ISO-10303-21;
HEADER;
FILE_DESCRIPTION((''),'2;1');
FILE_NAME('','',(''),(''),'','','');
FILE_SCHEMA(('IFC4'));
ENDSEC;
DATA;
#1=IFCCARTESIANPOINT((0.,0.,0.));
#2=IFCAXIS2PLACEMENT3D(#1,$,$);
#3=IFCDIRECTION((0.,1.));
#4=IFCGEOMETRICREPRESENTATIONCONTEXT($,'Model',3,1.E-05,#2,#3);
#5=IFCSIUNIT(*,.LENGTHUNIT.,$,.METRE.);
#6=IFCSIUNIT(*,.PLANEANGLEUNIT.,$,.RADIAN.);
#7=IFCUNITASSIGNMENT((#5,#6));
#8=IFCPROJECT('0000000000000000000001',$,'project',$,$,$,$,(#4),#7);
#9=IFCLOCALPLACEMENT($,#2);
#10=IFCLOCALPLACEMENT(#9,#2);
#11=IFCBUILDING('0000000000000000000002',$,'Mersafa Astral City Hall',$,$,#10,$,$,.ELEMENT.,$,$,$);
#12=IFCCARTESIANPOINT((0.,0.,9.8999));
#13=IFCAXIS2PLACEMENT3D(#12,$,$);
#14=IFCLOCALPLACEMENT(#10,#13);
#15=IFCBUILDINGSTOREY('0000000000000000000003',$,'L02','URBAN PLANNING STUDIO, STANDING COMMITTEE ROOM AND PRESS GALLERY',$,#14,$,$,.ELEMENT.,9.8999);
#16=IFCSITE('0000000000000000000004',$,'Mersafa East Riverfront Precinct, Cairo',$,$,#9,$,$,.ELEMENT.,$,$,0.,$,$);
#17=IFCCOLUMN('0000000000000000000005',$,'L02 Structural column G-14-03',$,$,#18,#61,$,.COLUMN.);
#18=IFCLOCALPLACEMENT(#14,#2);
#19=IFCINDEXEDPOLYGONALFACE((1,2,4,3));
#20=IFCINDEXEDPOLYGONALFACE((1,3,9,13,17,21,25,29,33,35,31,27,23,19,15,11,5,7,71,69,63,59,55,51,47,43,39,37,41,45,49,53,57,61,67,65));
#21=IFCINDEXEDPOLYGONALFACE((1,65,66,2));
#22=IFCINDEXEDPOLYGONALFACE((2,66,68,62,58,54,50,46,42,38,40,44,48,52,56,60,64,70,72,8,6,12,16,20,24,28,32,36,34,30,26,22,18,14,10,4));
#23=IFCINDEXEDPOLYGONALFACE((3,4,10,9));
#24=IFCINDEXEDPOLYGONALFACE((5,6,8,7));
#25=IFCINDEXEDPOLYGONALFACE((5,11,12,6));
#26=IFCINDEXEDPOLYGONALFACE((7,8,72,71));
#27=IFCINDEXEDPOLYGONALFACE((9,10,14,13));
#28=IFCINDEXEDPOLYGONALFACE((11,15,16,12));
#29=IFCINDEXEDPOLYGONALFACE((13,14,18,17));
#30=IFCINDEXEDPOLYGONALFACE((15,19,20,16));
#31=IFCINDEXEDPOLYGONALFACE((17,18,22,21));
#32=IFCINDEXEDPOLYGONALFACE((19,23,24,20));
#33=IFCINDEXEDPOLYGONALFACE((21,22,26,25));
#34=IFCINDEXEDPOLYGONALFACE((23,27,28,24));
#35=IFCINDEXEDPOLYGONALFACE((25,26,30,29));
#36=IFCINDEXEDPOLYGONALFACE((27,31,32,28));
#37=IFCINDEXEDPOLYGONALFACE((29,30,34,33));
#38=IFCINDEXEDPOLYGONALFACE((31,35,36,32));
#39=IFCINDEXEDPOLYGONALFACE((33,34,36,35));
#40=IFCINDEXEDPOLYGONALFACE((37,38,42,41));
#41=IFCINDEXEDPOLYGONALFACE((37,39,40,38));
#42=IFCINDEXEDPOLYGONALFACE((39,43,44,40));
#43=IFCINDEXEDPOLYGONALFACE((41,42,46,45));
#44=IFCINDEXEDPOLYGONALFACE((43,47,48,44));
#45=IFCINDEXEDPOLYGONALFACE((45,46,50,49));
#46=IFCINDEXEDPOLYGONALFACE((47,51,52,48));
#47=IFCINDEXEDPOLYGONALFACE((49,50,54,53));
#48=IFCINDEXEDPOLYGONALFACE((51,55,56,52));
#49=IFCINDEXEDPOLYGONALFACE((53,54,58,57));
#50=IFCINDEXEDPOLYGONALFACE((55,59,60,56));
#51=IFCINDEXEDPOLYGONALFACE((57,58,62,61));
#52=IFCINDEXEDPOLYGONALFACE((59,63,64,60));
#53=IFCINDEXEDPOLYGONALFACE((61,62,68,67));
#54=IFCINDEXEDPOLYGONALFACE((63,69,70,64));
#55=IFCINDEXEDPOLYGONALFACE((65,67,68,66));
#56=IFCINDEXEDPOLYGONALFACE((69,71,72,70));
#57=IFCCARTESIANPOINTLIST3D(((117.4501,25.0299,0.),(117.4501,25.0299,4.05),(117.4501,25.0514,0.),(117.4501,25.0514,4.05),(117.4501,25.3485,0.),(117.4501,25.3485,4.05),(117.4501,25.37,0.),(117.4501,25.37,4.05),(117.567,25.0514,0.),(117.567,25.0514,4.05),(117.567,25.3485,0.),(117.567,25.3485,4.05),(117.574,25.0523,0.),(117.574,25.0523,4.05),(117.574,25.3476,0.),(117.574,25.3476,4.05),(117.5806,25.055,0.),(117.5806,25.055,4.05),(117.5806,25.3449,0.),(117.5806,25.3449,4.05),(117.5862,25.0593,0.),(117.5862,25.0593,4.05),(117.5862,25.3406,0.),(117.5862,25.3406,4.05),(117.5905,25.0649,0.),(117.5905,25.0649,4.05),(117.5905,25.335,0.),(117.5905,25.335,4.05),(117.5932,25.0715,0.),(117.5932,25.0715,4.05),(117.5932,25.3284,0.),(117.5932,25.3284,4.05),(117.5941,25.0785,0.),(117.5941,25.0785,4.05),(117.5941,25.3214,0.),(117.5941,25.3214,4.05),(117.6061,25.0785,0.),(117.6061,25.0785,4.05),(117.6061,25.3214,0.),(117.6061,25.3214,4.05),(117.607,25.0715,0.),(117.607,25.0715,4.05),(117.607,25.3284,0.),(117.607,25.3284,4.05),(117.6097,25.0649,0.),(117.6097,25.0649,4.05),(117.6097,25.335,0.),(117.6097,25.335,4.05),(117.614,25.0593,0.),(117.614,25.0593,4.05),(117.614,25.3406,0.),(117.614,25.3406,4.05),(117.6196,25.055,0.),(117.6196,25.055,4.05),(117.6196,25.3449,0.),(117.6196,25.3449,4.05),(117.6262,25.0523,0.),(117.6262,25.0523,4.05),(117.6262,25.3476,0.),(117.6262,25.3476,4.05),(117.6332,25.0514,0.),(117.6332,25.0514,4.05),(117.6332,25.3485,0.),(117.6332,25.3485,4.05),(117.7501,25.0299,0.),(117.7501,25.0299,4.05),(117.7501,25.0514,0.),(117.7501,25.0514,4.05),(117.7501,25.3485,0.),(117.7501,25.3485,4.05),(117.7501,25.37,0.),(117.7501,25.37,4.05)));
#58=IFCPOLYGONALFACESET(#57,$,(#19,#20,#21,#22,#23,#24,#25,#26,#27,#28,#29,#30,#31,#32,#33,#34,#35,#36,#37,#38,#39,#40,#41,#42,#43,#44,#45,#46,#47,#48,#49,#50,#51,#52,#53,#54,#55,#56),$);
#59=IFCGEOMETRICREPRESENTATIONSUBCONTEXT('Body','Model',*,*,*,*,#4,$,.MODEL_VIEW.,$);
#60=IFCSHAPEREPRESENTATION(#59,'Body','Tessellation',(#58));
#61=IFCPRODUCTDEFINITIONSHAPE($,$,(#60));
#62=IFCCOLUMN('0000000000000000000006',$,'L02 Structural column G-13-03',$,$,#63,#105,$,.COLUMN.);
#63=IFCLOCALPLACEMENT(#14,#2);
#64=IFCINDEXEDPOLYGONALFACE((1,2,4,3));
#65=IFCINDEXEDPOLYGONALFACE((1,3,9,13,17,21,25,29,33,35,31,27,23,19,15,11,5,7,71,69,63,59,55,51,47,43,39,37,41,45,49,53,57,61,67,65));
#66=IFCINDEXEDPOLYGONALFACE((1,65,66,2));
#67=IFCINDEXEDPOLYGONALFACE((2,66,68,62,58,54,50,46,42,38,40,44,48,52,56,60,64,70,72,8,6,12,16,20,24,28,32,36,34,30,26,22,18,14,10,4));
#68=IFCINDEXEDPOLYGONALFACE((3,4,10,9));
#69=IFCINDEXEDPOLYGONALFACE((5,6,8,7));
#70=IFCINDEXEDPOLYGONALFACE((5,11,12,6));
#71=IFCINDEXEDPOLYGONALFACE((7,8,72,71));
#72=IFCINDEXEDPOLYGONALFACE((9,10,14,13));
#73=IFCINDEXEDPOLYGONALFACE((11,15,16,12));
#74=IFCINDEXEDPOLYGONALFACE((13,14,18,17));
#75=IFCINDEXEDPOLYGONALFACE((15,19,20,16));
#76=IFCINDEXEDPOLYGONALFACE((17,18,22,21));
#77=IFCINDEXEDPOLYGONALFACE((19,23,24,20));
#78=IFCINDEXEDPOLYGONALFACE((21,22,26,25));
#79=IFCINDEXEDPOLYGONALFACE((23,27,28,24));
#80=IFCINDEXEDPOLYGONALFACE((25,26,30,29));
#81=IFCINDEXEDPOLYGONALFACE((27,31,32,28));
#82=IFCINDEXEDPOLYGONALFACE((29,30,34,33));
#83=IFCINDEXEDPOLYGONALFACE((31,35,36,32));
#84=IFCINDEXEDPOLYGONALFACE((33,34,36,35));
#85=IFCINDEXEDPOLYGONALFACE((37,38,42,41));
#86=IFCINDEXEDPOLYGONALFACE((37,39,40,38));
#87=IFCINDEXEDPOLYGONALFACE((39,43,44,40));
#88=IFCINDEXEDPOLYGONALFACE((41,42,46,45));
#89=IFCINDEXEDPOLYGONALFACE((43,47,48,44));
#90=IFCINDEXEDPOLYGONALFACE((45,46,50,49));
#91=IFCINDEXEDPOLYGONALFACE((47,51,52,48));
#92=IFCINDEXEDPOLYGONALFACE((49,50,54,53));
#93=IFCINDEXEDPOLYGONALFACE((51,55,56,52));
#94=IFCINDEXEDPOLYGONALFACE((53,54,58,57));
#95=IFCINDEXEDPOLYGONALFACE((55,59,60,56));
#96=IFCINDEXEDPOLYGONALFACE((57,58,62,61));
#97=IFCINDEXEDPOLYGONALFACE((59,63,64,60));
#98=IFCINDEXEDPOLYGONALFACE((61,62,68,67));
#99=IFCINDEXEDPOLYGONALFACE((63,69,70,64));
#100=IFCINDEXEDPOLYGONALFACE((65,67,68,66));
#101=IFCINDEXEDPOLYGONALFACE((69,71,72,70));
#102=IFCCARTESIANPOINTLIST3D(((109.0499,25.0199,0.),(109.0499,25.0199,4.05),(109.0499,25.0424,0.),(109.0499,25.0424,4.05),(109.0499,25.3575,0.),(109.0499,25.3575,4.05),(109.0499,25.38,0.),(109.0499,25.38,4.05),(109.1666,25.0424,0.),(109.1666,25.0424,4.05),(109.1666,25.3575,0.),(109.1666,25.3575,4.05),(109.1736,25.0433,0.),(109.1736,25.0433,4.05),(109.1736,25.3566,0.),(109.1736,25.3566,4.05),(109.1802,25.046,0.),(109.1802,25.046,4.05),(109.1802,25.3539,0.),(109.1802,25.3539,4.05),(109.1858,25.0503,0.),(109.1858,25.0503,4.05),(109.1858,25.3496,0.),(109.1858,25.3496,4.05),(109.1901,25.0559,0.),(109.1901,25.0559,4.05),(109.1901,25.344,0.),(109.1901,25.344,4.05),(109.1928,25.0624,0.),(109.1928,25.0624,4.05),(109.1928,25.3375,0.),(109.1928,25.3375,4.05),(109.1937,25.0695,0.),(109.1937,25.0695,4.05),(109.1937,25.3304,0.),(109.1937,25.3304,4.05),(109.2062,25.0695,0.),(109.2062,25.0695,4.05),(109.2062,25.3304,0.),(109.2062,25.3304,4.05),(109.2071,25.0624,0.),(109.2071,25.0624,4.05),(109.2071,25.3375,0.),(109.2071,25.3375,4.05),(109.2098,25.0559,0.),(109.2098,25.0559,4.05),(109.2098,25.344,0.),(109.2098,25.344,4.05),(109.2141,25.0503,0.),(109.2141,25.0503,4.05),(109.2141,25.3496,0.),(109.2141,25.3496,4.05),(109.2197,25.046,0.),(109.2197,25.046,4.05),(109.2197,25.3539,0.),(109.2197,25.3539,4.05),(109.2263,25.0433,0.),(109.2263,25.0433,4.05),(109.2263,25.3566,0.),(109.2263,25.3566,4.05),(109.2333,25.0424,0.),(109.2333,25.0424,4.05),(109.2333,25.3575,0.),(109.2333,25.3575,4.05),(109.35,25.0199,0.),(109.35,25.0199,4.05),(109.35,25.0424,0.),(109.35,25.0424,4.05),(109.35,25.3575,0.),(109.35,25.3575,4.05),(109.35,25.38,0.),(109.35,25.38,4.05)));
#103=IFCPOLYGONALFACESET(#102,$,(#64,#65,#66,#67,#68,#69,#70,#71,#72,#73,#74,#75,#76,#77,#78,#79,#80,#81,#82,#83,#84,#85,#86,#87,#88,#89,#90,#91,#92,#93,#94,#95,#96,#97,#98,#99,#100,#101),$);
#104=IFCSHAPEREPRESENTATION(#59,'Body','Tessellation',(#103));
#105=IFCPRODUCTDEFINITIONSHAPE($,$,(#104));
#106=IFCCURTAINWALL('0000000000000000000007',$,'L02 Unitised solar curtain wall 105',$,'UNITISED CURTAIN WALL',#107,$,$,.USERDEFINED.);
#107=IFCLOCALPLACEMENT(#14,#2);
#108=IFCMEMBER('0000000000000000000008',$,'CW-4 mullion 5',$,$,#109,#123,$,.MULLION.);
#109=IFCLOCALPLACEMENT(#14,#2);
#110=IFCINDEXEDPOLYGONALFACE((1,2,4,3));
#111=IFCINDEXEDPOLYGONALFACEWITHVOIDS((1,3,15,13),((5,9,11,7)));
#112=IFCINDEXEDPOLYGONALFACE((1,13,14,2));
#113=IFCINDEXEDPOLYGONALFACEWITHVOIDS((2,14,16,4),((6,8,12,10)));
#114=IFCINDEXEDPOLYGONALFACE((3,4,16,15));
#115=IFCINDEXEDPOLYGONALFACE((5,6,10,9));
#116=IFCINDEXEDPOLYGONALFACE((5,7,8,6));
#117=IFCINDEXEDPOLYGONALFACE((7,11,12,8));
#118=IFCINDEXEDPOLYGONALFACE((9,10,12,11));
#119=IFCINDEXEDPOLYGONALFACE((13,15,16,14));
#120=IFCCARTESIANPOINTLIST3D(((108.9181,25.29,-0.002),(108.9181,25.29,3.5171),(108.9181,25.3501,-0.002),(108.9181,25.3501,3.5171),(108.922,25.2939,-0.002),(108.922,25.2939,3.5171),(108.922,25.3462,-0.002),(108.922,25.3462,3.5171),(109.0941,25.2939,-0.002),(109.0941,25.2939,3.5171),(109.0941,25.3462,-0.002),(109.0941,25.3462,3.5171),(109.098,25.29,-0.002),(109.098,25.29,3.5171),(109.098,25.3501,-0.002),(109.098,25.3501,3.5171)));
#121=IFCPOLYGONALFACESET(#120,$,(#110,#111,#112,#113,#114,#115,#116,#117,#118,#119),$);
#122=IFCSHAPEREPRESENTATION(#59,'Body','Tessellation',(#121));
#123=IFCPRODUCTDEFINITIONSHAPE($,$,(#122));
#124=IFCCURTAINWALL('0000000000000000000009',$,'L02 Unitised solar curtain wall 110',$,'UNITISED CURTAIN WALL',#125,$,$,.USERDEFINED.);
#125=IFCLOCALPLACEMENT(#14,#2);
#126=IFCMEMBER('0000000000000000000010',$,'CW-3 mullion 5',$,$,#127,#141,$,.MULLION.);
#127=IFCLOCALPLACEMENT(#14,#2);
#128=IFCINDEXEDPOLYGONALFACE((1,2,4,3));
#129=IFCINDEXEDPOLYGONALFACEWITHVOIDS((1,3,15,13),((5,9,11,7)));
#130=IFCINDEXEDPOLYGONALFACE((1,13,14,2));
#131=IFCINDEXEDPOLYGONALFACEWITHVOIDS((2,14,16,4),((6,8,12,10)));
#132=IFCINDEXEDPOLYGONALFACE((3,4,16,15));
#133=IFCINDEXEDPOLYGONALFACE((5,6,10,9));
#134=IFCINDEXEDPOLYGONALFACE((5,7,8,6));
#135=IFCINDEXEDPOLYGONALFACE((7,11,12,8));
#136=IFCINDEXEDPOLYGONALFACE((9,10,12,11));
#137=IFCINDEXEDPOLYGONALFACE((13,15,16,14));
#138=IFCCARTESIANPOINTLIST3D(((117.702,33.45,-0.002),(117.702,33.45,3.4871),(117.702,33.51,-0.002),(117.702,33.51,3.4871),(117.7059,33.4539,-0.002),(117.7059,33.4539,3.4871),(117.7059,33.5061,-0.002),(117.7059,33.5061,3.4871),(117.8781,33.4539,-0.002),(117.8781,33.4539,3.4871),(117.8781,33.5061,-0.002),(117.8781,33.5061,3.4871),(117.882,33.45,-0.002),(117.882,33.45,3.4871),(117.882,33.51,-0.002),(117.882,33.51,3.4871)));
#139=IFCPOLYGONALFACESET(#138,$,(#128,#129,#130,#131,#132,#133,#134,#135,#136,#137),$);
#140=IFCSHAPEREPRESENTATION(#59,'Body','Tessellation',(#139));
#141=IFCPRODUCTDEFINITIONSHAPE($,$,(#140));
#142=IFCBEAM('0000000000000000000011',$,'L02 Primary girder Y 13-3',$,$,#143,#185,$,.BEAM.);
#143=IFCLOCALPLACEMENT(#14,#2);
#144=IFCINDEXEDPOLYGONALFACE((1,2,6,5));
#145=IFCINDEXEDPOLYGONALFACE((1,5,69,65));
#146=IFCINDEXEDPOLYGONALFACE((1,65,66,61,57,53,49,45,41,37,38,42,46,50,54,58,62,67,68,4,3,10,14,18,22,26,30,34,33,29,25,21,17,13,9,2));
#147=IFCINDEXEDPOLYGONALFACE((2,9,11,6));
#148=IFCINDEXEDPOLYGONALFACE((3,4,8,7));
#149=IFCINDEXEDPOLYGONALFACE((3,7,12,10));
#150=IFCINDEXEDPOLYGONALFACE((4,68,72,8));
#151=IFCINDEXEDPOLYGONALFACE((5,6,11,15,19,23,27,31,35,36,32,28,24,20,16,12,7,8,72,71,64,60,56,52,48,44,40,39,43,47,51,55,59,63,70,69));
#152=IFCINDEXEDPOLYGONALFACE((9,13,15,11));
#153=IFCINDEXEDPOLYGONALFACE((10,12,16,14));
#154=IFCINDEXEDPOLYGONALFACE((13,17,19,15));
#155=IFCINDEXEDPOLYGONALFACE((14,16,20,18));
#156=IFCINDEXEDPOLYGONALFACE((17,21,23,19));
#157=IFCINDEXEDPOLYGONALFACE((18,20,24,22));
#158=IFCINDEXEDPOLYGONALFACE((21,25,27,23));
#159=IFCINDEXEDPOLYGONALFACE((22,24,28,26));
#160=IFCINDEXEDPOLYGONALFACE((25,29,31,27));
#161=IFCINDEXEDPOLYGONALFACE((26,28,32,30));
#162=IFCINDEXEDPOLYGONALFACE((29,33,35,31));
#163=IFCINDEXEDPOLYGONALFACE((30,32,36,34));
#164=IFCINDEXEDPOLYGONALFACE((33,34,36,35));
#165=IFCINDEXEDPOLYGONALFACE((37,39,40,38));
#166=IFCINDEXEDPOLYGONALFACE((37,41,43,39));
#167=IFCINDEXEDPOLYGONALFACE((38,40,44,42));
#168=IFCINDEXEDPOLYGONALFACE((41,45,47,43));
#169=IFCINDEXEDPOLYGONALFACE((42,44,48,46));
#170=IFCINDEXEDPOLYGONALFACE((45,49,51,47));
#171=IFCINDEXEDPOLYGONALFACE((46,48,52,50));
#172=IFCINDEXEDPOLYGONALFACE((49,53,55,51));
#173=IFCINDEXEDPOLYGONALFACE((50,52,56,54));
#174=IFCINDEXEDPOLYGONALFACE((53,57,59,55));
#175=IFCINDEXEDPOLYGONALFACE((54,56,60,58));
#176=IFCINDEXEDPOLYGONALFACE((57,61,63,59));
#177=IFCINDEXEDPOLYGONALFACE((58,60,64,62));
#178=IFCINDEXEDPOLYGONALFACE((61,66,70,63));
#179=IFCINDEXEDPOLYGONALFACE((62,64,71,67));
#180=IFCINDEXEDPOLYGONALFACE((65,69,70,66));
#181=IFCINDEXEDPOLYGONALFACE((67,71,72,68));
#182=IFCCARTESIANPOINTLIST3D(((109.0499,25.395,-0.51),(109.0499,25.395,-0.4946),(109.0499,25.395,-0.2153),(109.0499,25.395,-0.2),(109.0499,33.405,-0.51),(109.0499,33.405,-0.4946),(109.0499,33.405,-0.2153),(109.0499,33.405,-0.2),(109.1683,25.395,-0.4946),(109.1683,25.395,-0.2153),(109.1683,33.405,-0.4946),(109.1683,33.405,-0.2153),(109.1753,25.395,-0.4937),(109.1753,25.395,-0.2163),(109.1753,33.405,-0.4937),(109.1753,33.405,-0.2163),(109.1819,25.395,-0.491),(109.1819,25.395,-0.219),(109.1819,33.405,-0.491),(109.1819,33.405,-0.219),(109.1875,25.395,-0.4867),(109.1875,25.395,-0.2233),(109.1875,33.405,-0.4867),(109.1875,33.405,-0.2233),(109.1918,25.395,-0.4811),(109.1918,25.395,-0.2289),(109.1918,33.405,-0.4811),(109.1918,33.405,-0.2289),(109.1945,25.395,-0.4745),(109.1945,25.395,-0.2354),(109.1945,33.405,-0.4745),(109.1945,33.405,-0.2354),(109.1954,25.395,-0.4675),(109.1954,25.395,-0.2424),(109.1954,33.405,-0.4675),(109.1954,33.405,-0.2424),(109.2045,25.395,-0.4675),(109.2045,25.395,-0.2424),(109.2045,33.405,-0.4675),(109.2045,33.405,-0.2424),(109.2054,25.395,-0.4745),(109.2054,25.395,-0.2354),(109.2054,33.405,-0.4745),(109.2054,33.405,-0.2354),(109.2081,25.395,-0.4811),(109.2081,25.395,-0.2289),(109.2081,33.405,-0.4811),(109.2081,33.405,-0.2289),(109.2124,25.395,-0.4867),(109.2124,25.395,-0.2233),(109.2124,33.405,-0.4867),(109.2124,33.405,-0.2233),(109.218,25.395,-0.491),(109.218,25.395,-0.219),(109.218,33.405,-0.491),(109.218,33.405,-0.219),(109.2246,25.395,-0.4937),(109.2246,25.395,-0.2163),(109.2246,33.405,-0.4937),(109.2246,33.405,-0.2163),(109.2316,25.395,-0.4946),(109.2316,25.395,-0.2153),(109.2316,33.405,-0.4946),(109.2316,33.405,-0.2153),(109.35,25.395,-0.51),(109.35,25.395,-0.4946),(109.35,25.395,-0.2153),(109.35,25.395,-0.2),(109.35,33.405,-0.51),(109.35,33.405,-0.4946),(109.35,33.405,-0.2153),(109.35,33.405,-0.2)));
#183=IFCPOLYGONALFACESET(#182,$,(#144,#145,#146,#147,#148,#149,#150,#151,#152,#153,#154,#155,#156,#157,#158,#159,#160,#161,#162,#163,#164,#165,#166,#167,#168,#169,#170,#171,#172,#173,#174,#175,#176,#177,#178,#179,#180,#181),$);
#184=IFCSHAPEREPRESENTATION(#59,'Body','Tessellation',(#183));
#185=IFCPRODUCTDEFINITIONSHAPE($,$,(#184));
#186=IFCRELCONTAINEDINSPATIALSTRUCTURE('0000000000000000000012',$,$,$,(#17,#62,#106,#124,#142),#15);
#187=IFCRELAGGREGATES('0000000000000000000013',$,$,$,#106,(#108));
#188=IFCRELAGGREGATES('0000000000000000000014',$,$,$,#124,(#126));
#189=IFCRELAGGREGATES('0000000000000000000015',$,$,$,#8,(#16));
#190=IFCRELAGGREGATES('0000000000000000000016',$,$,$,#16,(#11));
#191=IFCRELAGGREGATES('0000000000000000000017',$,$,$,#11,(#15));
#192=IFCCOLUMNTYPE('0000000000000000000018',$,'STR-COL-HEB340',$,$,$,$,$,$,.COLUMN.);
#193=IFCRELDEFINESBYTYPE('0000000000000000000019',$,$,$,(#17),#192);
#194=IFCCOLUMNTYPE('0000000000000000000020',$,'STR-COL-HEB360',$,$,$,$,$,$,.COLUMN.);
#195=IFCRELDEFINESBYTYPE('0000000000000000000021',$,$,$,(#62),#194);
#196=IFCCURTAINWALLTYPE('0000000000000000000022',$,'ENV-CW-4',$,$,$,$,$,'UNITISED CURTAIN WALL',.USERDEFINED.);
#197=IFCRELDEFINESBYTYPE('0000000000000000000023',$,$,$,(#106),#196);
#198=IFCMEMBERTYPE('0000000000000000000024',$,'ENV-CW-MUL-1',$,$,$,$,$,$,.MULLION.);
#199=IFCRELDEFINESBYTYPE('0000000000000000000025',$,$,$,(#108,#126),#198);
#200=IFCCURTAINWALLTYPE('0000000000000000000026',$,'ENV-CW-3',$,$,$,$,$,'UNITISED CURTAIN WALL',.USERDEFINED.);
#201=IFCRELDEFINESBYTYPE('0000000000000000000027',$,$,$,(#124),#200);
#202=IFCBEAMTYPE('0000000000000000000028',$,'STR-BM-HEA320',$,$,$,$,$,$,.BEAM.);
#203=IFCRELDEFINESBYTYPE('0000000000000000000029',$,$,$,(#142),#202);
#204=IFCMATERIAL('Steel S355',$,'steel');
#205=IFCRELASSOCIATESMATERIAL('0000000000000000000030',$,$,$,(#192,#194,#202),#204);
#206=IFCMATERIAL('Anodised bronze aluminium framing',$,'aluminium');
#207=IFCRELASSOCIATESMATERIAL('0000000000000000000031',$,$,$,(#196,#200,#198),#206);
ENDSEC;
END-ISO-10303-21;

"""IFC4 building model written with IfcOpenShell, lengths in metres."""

from ifc_helpers import new_model, si_unit, direction, frame, origin, origin_2d, place, context, subcontext, project, spatial, hollow_rectangle, i_section, extrude, material, material_profile, profile_set, type_object, element, aggregate, save


model = new_model("IFC4")

# Units and contexts
model_context = context("Model", 3, precision=1e-05, world=origin(), true_north=direction((0.0, 1.0)))
body_context = subcontext(model_context, "Body", "Model", "MODEL_VIEW")
ifc_project = project(units=[si_unit("LENGTHUNIT", "METRE"), si_unit("PLANEANGLEUNIT", "RADIAN")], contexts=[model_context])

# Site, building, storey
site_placement = place(None, origin())
site = spatial("IfcSite", under=ifc_project, at=site_placement, Name="Mersafa East Riverfront Precinct, Cairo", CompositionType="ELEMENT", RefElevation=0.0)
building_placement = place(site_placement, origin())
building = spatial("IfcBuilding", under=site, at=building_placement, Name="Mersafa Astral City Hall", CompositionType="ELEMENT")
storey_placement = place(building_placement, frame((0.0, 0.0, 9.8999)))
storey = spatial("IfcBuildingStorey", under=building, at=storey_placement, Name="L02", Description="URBAN PLANNING STUDIO, STANDING COMMITTEE ROOM AND PRESS GALLERY", CompositionType="ELEMENT", Elevation=9.8999)

# Columns
ifc_material_1 = material(Name="Steel S355", Category="steel")
ifc_material_profile_1 = material_profile(ifc_material_1, i_section(OverallWidth=0.3, OverallDepth=0.3401, WebThickness=0.012, FlangeThickness=0.0215, FilletRadius=0.0271, at=origin_2d()), Name="HEB 340")
ifc_profile_set_1 = profile_set([ifc_material_profile_1], Name="Steel S355")
column_type_1 = type_object("IfcColumnType", Name="STR-COL-HEB340", PredefinedType="COLUMN", material=ifc_profile_set_1)
column_1_placement = place(storey_placement, frame((117.6001, 25.2, 0.0), z_axis=(0.0, 0.0, 1.0), x_axis=(1.0, 0.0, 0.0)))
element("IfcColumn", 1, at=column_1_placement, inside=storey, type_object=column_type_1, Name="L02 Structural column G-14-03", PredefinedType="COLUMN", context=body_context, shape_type="SweptSolid", body=[
    extrude(i_section(OverallWidth=0.3, OverallDepth=0.3401, WebThickness=0.012, FlangeThickness=0.0215, FilletRadius=0.0271, at=origin_2d()), origin(), (0.0, 0.0, 1.0), 4.05),
])
ifc_material_profile_2 = material_profile(ifc_material_1, i_section(OverallWidth=0.3, OverallDepth=0.3601, WebThickness=0.0125, FlangeThickness=0.0225, FilletRadius=0.0271, at=origin_2d()), Name="HEB 360")
ifc_profile_set_2 = profile_set([ifc_material_profile_2], Name="Steel S355")
column_type_2 = type_object("IfcColumnType", Name="STR-COL-HEB360", PredefinedType="COLUMN", material=ifc_profile_set_2)
column_2_placement = place(storey_placement, frame((109.2, 25.2, 0.0), z_axis=(0.0, 0.0, 1.0), x_axis=(1.0, 0.0, 0.0)))
element("IfcColumn", 2, at=column_2_placement, inside=storey, type_object=column_type_2, Name="L02 Structural column G-13-03", PredefinedType="COLUMN", context=body_context, shape_type="SweptSolid", body=[
    extrude(i_section(OverallWidth=0.3, OverallDepth=0.3601, WebThickness=0.0125, FlangeThickness=0.0225, FilletRadius=0.0271, at=origin_2d()), origin(), (0.0, 0.0, 1.0), 4.05),
])

# Curtain walls, members
ifc_material_2 = material(Name="Anodised bronze aluminium framing", Category="aluminium")
curtain_wall_type_1 = type_object("IfcCurtainWallType", Name="ENV-CW-4", ElementType="UNITISED CURTAIN WALL", PredefinedType="USERDEFINED", material=ifc_material_2)
curtain_wall_1_placement = place(storey_placement, origin())
curtain_wall_1 = element("IfcCurtainWall", 3, at=curtain_wall_1_placement, inside=storey, type_object=curtain_wall_type_1, Name="L02 Unitised solar curtain wall 105", ObjectType="UNITISED CURTAIN WALL", PredefinedType="USERDEFINED")
ifc_material_profile_3 = material_profile(ifc_material_2, hollow_rectangle(XDim=0.0601, YDim=0.1799, WallThickness=0.0039, at=origin_2d()), Name="RHS 60x180x4")
ifc_profile_set_3 = profile_set([ifc_material_profile_3], Name="Anodised bronze aluminium framing")
member_type = type_object("IfcMemberType", Name="ENV-CW-MUL-1", PredefinedType="MULLION", material=ifc_profile_set_3)
member_1_placement = place(storey_placement, frame((109.0081, 25.3201, -0.002), z_axis=(0.0, 0.0, 1.0), x_axis=(0.0, 1.0, 0.0)))
member_1 = element("IfcMember", 4, at=member_1_placement, type_object=member_type, Name="CW-4 mullion 5", PredefinedType="MULLION", context=body_context, shape_type="SweptSolid", body=[
    extrude(hollow_rectangle(XDim=0.0601, YDim=0.1799, WallThickness=0.0039, at=origin_2d()), origin(), (0.0, 0.0, 1.0), 3.519),
])
aggregate(curtain_wall_1, [member_1])
curtain_wall_type_2 = type_object("IfcCurtainWallType", Name="ENV-CW-3", ElementType="UNITISED CURTAIN WALL", PredefinedType="USERDEFINED", material=ifc_material_2)
curtain_wall_2_placement = place(storey_placement, origin())
curtain_wall_2 = element("IfcCurtainWall", 5, at=curtain_wall_2_placement, inside=storey, type_object=curtain_wall_type_2, Name="L02 Unitised solar curtain wall 110", ObjectType="UNITISED CURTAIN WALL", PredefinedType="USERDEFINED")
member_2_placement = place(storey_placement, frame((117.792, 33.48, -0.002), z_axis=(0.0, 0.0, 1.0), x_axis=(0.0, -1.0, 0.0)))
member_2 = element("IfcMember", 6, at=member_2_placement, type_object=member_type, Name="CW-3 mullion 5", PredefinedType="MULLION", context=body_context, shape_type="SweptSolid", body=[
    extrude(hollow_rectangle(XDim=0.0601, YDim=0.1799, WallThickness=0.0039, at=origin_2d()), origin(), (0.0, 0.0, 1.0), 3.489),
])

# Beam
ifc_material_profile_4 = material_profile(ifc_material_1, i_section(OverallWidth=0.3, OverallDepth=0.3101, WebThickness=0.009, FlangeThickness=0.0154, FilletRadius=0.0271, at=origin_2d()), Name="HEA 320")
ifc_profile_set_4 = profile_set([ifc_material_profile_4], Name="Steel S355")
beam_type_1 = type_object("IfcBeamType", Name="STR-BM-HEA320", PredefinedType="BEAM", material=ifc_profile_set_4)
beam_1_placement = place(storey_placement, frame((109.2, 25.395, -0.355), z_axis=(0.0, 1.0, 0.0), x_axis=(-1.0, 0.0, 0.0)))
element("IfcBeam", 7, at=beam_1_placement, inside=storey, type_object=beam_type_1, Name="L02 Primary girder Y 13-3", PredefinedType="BEAM", context=body_context, shape_type="SweptSolid", body=[
    extrude(i_section(OverallWidth=0.3, OverallDepth=0.3101, WebThickness=0.009, FlangeThickness=0.0154, FilletRadius=0.0271, at=origin_2d()), origin(), (0.0, 0.0, 1.0), 8.01),
])

aggregate(curtain_wall_2, [member_2])

save(model, "model.ifc")
